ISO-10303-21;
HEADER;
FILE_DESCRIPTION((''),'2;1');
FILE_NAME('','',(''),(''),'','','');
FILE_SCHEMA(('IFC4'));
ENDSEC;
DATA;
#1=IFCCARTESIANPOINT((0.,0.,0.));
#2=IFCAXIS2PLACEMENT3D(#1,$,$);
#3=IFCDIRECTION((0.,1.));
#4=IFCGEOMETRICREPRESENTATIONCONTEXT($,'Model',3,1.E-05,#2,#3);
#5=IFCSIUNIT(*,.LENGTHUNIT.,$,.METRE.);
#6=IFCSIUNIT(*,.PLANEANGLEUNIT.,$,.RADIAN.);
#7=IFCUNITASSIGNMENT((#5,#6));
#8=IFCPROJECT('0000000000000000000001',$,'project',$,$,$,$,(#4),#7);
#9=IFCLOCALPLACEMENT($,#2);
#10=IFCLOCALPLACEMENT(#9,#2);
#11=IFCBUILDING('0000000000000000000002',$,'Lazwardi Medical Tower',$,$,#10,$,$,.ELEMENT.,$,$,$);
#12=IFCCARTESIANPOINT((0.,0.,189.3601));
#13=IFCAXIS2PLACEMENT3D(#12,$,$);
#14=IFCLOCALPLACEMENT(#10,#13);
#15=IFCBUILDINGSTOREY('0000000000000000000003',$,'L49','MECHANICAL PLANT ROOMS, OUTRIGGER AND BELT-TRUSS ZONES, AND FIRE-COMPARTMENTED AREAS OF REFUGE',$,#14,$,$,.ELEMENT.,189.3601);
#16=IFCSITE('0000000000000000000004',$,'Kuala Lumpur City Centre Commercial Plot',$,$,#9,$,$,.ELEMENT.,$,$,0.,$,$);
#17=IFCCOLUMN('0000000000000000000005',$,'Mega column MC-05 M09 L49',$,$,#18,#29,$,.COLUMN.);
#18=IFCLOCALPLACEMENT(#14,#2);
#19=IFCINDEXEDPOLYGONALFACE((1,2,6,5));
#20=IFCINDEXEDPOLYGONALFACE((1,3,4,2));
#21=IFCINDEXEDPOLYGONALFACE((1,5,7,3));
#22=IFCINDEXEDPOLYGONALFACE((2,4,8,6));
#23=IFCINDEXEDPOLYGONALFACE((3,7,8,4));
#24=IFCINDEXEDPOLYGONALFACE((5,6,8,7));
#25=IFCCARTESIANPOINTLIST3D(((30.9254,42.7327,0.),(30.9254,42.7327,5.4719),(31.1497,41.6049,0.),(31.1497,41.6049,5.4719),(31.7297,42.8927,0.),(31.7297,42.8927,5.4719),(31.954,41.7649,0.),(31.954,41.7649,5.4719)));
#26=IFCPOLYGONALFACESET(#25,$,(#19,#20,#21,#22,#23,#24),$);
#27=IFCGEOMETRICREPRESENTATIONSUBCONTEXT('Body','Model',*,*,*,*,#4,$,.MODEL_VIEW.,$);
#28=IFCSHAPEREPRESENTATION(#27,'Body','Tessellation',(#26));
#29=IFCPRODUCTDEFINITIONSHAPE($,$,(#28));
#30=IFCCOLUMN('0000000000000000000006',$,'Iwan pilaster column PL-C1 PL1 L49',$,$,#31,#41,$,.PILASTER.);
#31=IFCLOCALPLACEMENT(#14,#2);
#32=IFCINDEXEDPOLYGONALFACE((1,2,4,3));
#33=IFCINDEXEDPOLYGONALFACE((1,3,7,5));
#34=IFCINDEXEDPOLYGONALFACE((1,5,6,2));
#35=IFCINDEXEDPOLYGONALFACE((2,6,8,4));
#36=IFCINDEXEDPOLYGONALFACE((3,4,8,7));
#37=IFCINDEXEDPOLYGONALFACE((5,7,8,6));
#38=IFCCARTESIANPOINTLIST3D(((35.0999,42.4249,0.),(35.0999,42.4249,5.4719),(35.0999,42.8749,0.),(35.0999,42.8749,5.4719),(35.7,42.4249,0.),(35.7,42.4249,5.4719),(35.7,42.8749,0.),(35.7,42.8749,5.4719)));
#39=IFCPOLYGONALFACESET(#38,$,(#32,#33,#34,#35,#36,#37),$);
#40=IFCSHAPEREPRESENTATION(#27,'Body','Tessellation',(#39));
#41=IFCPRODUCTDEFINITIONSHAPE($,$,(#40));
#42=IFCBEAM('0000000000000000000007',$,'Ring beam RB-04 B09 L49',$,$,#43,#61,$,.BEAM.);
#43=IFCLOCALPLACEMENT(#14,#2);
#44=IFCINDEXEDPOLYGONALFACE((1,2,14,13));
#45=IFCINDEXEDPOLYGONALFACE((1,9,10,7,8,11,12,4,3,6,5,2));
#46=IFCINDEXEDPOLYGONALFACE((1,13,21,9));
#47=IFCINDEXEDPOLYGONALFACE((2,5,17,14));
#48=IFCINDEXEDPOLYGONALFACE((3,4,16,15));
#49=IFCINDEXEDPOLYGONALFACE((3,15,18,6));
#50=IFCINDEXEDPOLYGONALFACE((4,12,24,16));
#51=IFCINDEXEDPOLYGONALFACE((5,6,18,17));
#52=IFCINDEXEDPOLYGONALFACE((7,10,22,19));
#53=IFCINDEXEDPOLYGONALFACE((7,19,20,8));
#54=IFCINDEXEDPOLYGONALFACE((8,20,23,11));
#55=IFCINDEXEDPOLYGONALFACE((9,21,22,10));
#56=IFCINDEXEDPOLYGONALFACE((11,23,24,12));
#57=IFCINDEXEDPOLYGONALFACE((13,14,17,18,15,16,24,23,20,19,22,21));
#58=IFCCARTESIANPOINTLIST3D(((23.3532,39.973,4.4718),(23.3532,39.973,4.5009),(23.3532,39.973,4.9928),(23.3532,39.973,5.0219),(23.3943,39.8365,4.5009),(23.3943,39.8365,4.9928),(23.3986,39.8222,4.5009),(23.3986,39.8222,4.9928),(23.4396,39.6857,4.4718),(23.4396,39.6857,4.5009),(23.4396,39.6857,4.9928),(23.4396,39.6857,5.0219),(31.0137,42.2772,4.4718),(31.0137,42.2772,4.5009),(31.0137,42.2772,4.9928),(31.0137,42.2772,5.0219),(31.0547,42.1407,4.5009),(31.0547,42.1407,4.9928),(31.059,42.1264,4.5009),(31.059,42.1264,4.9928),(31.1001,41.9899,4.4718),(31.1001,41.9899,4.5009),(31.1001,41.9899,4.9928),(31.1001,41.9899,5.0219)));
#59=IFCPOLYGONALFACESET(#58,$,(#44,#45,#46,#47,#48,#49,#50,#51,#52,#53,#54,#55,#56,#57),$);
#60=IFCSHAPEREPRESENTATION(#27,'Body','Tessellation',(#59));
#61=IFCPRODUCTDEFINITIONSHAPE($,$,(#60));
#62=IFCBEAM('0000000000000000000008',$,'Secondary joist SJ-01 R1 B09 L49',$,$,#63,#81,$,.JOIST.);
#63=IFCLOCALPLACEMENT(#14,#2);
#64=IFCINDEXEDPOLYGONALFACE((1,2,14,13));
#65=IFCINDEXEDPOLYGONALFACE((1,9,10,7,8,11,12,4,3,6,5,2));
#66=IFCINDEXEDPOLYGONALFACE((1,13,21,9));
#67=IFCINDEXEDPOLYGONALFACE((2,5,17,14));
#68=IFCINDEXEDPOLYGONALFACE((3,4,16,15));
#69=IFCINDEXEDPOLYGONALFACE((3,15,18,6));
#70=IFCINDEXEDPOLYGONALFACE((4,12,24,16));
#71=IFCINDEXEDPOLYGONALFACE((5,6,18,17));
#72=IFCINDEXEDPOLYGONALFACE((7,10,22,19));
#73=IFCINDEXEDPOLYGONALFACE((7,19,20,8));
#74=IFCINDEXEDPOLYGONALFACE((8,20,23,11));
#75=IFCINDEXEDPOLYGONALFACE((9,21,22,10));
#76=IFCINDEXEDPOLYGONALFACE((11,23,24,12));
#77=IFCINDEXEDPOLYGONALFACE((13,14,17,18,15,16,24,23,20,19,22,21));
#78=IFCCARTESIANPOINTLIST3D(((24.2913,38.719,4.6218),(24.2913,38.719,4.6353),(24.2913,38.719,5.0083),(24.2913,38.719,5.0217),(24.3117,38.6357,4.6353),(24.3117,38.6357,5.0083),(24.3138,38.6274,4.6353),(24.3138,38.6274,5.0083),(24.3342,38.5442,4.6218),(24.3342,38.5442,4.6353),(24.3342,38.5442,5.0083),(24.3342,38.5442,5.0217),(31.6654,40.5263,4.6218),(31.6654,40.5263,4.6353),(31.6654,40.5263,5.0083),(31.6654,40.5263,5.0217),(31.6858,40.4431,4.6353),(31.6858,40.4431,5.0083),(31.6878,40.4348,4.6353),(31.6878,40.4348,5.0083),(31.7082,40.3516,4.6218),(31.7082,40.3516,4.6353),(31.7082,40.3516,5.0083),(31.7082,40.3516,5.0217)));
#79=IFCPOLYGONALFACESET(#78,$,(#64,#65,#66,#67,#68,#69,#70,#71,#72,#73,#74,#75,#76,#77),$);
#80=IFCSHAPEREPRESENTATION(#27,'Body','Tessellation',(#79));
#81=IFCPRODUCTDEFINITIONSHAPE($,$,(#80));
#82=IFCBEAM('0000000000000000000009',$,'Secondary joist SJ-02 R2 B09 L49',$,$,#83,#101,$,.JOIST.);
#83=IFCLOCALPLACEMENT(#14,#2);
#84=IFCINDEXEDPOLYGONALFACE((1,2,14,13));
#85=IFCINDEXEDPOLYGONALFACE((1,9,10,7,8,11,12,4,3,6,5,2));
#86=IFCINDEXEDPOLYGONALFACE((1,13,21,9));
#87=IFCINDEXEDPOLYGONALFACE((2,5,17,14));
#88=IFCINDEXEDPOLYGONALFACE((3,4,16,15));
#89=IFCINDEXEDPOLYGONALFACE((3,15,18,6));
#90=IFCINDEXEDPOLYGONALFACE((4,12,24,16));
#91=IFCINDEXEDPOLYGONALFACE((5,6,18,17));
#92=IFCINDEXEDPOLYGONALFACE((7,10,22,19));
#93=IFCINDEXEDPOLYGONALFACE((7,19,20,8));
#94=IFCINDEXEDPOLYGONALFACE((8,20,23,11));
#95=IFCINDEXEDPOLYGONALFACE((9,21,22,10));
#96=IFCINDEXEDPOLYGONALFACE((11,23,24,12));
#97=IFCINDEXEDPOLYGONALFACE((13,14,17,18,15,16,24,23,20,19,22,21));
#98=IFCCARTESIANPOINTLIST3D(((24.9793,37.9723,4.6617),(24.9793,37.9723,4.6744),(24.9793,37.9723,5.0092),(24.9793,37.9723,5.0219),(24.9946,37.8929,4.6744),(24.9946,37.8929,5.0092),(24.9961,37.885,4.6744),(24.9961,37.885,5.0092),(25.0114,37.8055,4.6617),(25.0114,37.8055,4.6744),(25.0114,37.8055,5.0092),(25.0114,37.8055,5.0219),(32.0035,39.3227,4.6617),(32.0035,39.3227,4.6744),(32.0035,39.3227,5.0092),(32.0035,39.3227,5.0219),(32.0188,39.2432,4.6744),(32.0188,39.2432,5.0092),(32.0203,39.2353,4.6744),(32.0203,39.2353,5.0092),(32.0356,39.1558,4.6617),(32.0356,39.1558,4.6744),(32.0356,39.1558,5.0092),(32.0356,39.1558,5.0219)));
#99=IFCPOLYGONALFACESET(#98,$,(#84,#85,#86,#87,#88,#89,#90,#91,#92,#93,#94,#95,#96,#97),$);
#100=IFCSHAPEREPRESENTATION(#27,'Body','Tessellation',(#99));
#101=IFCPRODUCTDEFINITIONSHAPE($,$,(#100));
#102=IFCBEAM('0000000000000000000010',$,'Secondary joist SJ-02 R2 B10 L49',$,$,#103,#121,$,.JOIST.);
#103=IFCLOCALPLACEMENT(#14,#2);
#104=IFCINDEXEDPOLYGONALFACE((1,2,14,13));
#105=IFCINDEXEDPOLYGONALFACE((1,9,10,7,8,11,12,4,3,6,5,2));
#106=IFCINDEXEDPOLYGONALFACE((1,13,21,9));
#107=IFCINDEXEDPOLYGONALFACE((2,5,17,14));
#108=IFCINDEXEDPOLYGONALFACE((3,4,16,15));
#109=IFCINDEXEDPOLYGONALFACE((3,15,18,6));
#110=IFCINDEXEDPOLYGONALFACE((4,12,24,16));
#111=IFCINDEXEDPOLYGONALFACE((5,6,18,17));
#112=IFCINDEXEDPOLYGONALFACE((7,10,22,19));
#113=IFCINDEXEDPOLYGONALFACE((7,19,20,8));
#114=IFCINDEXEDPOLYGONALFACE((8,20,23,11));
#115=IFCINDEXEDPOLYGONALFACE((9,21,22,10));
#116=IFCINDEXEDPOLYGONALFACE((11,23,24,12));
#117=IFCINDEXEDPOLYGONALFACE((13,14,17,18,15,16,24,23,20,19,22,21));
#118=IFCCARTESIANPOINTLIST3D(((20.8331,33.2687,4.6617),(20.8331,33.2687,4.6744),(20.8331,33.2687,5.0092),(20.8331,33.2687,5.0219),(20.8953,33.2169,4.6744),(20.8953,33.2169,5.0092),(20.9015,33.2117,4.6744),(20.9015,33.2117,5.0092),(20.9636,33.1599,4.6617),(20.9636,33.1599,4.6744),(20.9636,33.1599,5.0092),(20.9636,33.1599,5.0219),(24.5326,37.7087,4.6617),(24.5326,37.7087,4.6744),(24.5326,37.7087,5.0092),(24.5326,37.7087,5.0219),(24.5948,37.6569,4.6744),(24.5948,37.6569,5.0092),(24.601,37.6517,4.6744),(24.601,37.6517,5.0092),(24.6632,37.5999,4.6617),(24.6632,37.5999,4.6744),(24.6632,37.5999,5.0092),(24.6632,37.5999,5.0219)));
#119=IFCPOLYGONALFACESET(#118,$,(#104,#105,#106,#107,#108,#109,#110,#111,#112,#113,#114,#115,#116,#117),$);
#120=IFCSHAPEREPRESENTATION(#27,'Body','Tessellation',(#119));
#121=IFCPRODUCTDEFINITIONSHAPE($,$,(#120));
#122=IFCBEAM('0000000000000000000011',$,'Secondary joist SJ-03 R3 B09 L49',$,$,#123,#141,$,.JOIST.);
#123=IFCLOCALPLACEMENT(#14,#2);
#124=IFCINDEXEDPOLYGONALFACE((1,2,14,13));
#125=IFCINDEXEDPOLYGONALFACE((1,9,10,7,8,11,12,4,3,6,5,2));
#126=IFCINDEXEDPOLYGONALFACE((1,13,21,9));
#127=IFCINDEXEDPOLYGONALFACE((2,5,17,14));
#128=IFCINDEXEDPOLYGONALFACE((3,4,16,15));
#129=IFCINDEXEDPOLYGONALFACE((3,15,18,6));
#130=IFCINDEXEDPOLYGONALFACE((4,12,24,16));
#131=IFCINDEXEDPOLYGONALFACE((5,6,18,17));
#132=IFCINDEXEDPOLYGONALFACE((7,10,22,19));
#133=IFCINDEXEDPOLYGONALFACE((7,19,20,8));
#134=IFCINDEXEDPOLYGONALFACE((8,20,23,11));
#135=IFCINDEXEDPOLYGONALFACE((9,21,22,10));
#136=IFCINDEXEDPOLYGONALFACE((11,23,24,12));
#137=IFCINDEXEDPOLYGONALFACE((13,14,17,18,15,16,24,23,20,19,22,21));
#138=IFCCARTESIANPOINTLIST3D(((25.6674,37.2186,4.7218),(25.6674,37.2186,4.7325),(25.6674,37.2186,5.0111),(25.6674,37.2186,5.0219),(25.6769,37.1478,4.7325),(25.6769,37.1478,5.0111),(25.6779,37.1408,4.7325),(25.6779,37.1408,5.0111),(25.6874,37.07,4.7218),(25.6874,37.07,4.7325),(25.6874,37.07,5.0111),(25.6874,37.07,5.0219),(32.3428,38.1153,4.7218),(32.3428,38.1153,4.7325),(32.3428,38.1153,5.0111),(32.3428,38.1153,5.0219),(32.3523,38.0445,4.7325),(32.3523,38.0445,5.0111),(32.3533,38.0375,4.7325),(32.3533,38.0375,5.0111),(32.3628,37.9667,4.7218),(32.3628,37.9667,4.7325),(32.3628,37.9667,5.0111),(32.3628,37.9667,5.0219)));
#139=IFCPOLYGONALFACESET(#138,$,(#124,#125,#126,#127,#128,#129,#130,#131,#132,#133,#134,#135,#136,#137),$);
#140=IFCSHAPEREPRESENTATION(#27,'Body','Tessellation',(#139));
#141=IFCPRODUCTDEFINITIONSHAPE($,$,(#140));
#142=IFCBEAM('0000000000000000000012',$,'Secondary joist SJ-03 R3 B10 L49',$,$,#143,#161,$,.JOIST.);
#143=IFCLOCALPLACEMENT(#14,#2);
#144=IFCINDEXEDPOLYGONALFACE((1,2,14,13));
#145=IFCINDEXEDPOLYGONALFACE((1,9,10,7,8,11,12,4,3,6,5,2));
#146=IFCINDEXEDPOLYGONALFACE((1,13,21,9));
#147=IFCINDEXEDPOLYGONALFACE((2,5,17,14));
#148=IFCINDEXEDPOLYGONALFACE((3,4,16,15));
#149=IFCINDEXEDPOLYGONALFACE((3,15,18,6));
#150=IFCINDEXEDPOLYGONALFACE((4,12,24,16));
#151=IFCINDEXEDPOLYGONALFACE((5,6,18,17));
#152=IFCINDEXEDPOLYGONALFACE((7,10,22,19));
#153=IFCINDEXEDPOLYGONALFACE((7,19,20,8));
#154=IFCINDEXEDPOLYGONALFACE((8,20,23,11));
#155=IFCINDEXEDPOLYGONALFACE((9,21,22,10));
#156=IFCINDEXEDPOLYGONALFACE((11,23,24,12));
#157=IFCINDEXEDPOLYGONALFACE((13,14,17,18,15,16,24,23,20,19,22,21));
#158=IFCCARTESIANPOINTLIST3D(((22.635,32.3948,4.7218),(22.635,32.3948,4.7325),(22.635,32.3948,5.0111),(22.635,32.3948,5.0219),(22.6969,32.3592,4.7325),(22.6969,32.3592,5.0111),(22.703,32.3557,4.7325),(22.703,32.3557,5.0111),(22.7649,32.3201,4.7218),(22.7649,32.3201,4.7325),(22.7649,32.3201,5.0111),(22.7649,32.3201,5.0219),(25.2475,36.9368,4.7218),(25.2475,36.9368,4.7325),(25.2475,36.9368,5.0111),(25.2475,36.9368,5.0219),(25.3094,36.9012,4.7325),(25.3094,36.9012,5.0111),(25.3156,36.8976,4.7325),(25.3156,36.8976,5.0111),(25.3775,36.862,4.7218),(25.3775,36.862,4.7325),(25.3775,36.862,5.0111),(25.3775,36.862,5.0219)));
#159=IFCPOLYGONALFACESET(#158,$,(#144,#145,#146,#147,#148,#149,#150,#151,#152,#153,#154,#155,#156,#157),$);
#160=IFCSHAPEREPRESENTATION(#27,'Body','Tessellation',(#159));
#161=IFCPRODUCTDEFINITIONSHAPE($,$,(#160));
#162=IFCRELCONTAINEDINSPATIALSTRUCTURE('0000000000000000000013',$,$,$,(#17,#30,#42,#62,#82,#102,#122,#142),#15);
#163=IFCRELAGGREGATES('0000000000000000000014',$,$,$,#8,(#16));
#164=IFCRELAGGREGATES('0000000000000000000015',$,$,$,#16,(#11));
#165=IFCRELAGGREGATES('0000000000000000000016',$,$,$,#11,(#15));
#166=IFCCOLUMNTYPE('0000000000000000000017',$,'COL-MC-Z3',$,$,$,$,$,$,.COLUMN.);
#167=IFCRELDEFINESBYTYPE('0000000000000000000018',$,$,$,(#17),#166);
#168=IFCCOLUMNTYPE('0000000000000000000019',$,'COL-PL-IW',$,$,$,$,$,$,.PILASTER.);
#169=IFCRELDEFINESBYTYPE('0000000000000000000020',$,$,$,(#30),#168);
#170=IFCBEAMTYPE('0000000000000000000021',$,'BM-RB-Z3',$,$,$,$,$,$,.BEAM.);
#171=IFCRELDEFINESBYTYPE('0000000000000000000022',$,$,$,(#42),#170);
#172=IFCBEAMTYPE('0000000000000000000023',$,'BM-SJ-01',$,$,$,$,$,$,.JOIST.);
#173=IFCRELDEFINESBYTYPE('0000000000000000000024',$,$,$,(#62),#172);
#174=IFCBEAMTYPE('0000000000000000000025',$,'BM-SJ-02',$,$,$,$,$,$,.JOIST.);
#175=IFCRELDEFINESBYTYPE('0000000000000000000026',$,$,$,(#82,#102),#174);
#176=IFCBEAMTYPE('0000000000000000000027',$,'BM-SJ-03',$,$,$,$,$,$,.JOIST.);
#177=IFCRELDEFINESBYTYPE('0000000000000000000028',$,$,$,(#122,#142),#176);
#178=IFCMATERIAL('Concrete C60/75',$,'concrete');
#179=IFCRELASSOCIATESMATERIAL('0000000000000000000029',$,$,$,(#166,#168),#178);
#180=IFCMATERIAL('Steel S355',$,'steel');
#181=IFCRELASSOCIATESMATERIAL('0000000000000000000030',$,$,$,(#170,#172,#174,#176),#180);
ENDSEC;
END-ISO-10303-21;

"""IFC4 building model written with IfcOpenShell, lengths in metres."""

from ifc_helpers import new_model, si_unit, direction, frame, origin, origin_2d, place, context, subcontext, project, spatial, rectangle, i_section, extrude, material, material_profile, profile_set, type_object, element, save


model = new_model("IFC4")

# Units and contexts
model_context = context("Model", 3, precision=1e-05, world=origin(), true_north=direction((0.0, 1.0)))
body_context = subcontext(model_context, "Body", "Model", "MODEL_VIEW")
ifc_project = project(units=[si_unit("LENGTHUNIT", "METRE"), si_unit("PLANEANGLEUNIT", "RADIAN")], contexts=[model_context])

# Site, building, storey
site_placement = place(None, origin())
site = spatial("IfcSite", under=ifc_project, at=site_placement, Name="Kuala Lumpur City Centre Commercial Plot", CompositionType="ELEMENT", RefElevation=0.0)
building_placement = place(site_placement, origin())
building = spatial("IfcBuilding", under=site, at=building_placement, Name="Lazwardi Medical Tower", CompositionType="ELEMENT")
storey_placement = place(building_placement, frame((0.0, 0.0, 189.3601)))
storey = spatial("IfcBuildingStorey", under=building, at=storey_placement, Name="L49", Description="MECHANICAL PLANT ROOMS, OUTRIGGER AND BELT-TRUSS ZONES, AND FIRE-COMPARTMENTED AREAS OF REFUGE", CompositionType="ELEMENT", Elevation=189.3601)

# Columns
ifc_material_1 = material(Name="Concrete C60/75", Category="concrete")
ifc_material_profile_1 = material_profile(ifc_material_1, rectangle(XDim=1.1499, YDim=0.8201, at=origin_2d()), Name="CFT-RECT 1150x820")
ifc_profile_set_1 = profile_set([ifc_material_profile_1], Name="Concrete C60/75")
column_type_1 = type_object("IfcColumnType", Name="COL-MC-Z3", PredefinedType="COLUMN", material=ifc_profile_set_1)
column_1_placement = place(storey_placement, frame((31.4397, 42.2488, 0.0), z_axis=(0.0, 0.0, 1.0), x_axis=(-0.19509, 0.980785, 0.0)))
element("IfcColumn", 1, at=column_1_placement, inside=storey, type_object=column_type_1, Name="Mega column MC-05 M09 L49", PredefinedType="COLUMN", context=body_context, shape_type="SweptSolid", body=[
    extrude(rectangle(XDim=1.1499, YDim=0.8201, at=origin_2d()), origin(), (0.0, 0.0, 1.0), 5.4719),
])
ifc_material_profile_2 = material_profile(ifc_material_1, rectangle(XDim=0.6001, YDim=0.45, at=origin_2d()), Name="RC 600x450")
ifc_profile_set_2 = profile_set([ifc_material_profile_2], Name="Concrete C60/75")
column_type_2 = type_object("IfcColumnType", Name="COL-PL-IW", PredefinedType="PILASTER", material=ifc_profile_set_2)
column_2_placement = place(storey_placement, frame((35.3999, 42.6499, 0.0), z_axis=(0.0, 0.0, 1.0), x_axis=(1.0, 0.0, 0.0)))
element("IfcColumn", 2, at=column_2_placement, inside=storey, type_object=column_type_2, Name="Iwan pilaster column PL-C1 PL1 L49", PredefinedType="PILASTER", context=body_context, shape_type="SweptSolid", body=[
    extrude(rectangle(XDim=0.6001, YDim=0.45, at=origin_2d()), origin(), (0.0, 0.0, 1.0), 5.4719),
])

# Beams
ifc_material_2 = material(Name="Steel S355", Category="steel")
ifc_material_profile_3 = material_profile(ifc_material_2, i_section(OverallWidth=0.3, OverallDepth=0.55, WebThickness=0.0149, FlangeThickness=0.0291, at=origin_2d()), Name="HEB 550")
ifc_profile_set_3 = profile_set([ifc_material_profile_3], Name="Steel S355")
beam_type_1 = type_object("IfcBeamType", Name="BM-RB-Z3", PredefinedType="BEAM", material=ifc_profile_set_3)
beam_1_placement = place(storey_placement, frame((31.0569, 42.1335, 4.7468), z_axis=(-0.957617, -0.288045, 0.0), x_axis=(0.288045, -0.957617, 0.0)))
element("IfcBeam", 3, at=beam_1_placement, inside=storey, type_object=beam_type_1, Name="Ring beam RB-04 B09 L49", PredefinedType="BEAM", context=body_context, shape_type="SweptSolid", body=[
    extrude(i_section(OverallWidth=0.3, OverallDepth=0.55, WebThickness=0.0149, FlangeThickness=0.0291, at=origin_2d()), origin(), (0.0, 0.0, 1.0), 7.9995),
])
ifc_material_profile_4 = material_profile(ifc_material_2, i_section(OverallWidth=0.1799, OverallDepth=0.3999, WebThickness=0.0085, FlangeThickness=0.0134, at=origin_2d()), Name="IPE 400")
ifc_profile_set_4 = profile_set([ifc_material_profile_4], Name="Steel S355")
beam_type_2 = type_object("IfcBeamType", Name="BM-SJ-01", PredefinedType="JOIST", material=ifc_profile_set_4)
beam_2_placement = place(storey_placement, frame((31.6868, 40.439, 4.8218), z_axis=(-0.971252, -0.238054, 0.0), x_axis=(0.238054, -0.971252, 0.0)))
element("IfcBeam", 4, at=beam_2_placement, inside=storey, type_object=beam_type_2, Name="Secondary joist SJ-01 R1 B09 L49", PredefinedType="JOIST", context=body_context, shape_type="SweptSolid", body=[
    extrude(i_section(OverallWidth=0.1799, OverallDepth=0.3999, WebThickness=0.0085, FlangeThickness=0.0134, at=origin_2d()), origin(), (0.0, 0.0, 1.0), 7.5923),
])
ifc_material_profile_5 = material_profile(ifc_material_2, i_section(OverallWidth=0.1699, OverallDepth=0.3601, WebThickness=0.0081, FlangeThickness=0.0127, at=origin_2d()), Name="IPE 360")
ifc_profile_set_5 = profile_set([ifc_material_profile_5], Name="Steel S355")
beam_type_3 = type_object("IfcBeamType", Name="BM-SJ-02", PredefinedType="JOIST", material=ifc_profile_set_5)
beam_3_placement = place(storey_placement, frame((32.0195, 39.2393, 4.8418), z_axis=(-0.982018, -0.188785, 0.0), x_axis=(0.188785, -0.982018, 0.0)))
element("IfcBeam", 5, at=beam_3_placement, inside=storey, type_object=beam_type_3, Name="Secondary joist SJ-02 R2 B09 L49", PredefinedType="JOIST", context=body_context, shape_type="SweptSolid", body=[
    extrude(i_section(OverallWidth=0.1699, OverallDepth=0.3601, WebThickness=0.0081, FlangeThickness=0.0127, at=origin_2d()), origin(), (0.0, 0.0, 1.0), 7.1528),
])
beam_4_placement = place(storey_placement, frame((24.5979, 37.6543, 4.8418), z_axis=(-0.640135, -0.768263, 0.0), x_axis=(0.768263, -0.640135, 0.0)))
element("IfcBeam", 6, at=beam_4_placement, inside=storey, type_object=beam_type_3, Name="Secondary joist SJ-02 R2 B10 L49", PredefinedType="JOIST", context=body_context, shape_type="SweptSolid", body=[
    extrude(i_section(OverallWidth=0.1699, OverallDepth=0.3601, WebThickness=0.0081, FlangeThickness=0.0127, at=origin_2d()), origin(), (0.0, 0.0, 1.0), 5.7793),
])
ifc_material_profile_6 = material_profile(ifc_material_2, i_section(OverallWidth=0.1499, OverallDepth=0.3, WebThickness=0.0071, FlangeThickness=0.0107, at=origin_2d()), Name="IPE 300")
ifc_profile_set_6 = profile_set([ifc_material_profile_6], Name="Steel S355")
beam_type_4 = type_object("IfcBeamType", Name="BM-SJ-03", PredefinedType="JOIST", material=ifc_profile_set_6)
beam_5_placement = place(storey_placement, frame((32.3528, 38.041, 4.8718), z_axis=(-0.991097, -0.13314, 0.0), x_axis=(0.13314, -0.991097, 0.0)))
element("IfcBeam", 7, at=beam_5_placement, inside=storey, type_object=beam_type_4, Name="Secondary joist SJ-03 R3 B09 L49", PredefinedType="JOIST", context=body_context, shape_type="SweptSolid", body=[
    extrude(i_section(OverallWidth=0.1499, OverallDepth=0.3, WebThickness=0.0071, FlangeThickness=0.0107, at=origin_2d()), origin(), (0.0, 0.0, 1.0), 6.7354),
])
beam_6_placement = place(storey_placement, frame((25.3125, 36.8994, 4.8718), z_axis=(-0.498601, -0.866832, 0.0), x_axis=(0.866832, -0.498601, 0.0)))
element("IfcBeam", 8, at=beam_6_placement, inside=storey, type_object=beam_type_4, Name="Secondary joist SJ-03 R3 B10 L49", PredefinedType="JOIST", context=body_context, shape_type="SweptSolid", body=[
    extrude(i_section(OverallWidth=0.1499, OverallDepth=0.3, WebThickness=0.0071, FlangeThickness=0.0107, at=origin_2d()), origin(), (0.0, 0.0, 1.0), 5.2397),
])

save(model, "model.ifc")
